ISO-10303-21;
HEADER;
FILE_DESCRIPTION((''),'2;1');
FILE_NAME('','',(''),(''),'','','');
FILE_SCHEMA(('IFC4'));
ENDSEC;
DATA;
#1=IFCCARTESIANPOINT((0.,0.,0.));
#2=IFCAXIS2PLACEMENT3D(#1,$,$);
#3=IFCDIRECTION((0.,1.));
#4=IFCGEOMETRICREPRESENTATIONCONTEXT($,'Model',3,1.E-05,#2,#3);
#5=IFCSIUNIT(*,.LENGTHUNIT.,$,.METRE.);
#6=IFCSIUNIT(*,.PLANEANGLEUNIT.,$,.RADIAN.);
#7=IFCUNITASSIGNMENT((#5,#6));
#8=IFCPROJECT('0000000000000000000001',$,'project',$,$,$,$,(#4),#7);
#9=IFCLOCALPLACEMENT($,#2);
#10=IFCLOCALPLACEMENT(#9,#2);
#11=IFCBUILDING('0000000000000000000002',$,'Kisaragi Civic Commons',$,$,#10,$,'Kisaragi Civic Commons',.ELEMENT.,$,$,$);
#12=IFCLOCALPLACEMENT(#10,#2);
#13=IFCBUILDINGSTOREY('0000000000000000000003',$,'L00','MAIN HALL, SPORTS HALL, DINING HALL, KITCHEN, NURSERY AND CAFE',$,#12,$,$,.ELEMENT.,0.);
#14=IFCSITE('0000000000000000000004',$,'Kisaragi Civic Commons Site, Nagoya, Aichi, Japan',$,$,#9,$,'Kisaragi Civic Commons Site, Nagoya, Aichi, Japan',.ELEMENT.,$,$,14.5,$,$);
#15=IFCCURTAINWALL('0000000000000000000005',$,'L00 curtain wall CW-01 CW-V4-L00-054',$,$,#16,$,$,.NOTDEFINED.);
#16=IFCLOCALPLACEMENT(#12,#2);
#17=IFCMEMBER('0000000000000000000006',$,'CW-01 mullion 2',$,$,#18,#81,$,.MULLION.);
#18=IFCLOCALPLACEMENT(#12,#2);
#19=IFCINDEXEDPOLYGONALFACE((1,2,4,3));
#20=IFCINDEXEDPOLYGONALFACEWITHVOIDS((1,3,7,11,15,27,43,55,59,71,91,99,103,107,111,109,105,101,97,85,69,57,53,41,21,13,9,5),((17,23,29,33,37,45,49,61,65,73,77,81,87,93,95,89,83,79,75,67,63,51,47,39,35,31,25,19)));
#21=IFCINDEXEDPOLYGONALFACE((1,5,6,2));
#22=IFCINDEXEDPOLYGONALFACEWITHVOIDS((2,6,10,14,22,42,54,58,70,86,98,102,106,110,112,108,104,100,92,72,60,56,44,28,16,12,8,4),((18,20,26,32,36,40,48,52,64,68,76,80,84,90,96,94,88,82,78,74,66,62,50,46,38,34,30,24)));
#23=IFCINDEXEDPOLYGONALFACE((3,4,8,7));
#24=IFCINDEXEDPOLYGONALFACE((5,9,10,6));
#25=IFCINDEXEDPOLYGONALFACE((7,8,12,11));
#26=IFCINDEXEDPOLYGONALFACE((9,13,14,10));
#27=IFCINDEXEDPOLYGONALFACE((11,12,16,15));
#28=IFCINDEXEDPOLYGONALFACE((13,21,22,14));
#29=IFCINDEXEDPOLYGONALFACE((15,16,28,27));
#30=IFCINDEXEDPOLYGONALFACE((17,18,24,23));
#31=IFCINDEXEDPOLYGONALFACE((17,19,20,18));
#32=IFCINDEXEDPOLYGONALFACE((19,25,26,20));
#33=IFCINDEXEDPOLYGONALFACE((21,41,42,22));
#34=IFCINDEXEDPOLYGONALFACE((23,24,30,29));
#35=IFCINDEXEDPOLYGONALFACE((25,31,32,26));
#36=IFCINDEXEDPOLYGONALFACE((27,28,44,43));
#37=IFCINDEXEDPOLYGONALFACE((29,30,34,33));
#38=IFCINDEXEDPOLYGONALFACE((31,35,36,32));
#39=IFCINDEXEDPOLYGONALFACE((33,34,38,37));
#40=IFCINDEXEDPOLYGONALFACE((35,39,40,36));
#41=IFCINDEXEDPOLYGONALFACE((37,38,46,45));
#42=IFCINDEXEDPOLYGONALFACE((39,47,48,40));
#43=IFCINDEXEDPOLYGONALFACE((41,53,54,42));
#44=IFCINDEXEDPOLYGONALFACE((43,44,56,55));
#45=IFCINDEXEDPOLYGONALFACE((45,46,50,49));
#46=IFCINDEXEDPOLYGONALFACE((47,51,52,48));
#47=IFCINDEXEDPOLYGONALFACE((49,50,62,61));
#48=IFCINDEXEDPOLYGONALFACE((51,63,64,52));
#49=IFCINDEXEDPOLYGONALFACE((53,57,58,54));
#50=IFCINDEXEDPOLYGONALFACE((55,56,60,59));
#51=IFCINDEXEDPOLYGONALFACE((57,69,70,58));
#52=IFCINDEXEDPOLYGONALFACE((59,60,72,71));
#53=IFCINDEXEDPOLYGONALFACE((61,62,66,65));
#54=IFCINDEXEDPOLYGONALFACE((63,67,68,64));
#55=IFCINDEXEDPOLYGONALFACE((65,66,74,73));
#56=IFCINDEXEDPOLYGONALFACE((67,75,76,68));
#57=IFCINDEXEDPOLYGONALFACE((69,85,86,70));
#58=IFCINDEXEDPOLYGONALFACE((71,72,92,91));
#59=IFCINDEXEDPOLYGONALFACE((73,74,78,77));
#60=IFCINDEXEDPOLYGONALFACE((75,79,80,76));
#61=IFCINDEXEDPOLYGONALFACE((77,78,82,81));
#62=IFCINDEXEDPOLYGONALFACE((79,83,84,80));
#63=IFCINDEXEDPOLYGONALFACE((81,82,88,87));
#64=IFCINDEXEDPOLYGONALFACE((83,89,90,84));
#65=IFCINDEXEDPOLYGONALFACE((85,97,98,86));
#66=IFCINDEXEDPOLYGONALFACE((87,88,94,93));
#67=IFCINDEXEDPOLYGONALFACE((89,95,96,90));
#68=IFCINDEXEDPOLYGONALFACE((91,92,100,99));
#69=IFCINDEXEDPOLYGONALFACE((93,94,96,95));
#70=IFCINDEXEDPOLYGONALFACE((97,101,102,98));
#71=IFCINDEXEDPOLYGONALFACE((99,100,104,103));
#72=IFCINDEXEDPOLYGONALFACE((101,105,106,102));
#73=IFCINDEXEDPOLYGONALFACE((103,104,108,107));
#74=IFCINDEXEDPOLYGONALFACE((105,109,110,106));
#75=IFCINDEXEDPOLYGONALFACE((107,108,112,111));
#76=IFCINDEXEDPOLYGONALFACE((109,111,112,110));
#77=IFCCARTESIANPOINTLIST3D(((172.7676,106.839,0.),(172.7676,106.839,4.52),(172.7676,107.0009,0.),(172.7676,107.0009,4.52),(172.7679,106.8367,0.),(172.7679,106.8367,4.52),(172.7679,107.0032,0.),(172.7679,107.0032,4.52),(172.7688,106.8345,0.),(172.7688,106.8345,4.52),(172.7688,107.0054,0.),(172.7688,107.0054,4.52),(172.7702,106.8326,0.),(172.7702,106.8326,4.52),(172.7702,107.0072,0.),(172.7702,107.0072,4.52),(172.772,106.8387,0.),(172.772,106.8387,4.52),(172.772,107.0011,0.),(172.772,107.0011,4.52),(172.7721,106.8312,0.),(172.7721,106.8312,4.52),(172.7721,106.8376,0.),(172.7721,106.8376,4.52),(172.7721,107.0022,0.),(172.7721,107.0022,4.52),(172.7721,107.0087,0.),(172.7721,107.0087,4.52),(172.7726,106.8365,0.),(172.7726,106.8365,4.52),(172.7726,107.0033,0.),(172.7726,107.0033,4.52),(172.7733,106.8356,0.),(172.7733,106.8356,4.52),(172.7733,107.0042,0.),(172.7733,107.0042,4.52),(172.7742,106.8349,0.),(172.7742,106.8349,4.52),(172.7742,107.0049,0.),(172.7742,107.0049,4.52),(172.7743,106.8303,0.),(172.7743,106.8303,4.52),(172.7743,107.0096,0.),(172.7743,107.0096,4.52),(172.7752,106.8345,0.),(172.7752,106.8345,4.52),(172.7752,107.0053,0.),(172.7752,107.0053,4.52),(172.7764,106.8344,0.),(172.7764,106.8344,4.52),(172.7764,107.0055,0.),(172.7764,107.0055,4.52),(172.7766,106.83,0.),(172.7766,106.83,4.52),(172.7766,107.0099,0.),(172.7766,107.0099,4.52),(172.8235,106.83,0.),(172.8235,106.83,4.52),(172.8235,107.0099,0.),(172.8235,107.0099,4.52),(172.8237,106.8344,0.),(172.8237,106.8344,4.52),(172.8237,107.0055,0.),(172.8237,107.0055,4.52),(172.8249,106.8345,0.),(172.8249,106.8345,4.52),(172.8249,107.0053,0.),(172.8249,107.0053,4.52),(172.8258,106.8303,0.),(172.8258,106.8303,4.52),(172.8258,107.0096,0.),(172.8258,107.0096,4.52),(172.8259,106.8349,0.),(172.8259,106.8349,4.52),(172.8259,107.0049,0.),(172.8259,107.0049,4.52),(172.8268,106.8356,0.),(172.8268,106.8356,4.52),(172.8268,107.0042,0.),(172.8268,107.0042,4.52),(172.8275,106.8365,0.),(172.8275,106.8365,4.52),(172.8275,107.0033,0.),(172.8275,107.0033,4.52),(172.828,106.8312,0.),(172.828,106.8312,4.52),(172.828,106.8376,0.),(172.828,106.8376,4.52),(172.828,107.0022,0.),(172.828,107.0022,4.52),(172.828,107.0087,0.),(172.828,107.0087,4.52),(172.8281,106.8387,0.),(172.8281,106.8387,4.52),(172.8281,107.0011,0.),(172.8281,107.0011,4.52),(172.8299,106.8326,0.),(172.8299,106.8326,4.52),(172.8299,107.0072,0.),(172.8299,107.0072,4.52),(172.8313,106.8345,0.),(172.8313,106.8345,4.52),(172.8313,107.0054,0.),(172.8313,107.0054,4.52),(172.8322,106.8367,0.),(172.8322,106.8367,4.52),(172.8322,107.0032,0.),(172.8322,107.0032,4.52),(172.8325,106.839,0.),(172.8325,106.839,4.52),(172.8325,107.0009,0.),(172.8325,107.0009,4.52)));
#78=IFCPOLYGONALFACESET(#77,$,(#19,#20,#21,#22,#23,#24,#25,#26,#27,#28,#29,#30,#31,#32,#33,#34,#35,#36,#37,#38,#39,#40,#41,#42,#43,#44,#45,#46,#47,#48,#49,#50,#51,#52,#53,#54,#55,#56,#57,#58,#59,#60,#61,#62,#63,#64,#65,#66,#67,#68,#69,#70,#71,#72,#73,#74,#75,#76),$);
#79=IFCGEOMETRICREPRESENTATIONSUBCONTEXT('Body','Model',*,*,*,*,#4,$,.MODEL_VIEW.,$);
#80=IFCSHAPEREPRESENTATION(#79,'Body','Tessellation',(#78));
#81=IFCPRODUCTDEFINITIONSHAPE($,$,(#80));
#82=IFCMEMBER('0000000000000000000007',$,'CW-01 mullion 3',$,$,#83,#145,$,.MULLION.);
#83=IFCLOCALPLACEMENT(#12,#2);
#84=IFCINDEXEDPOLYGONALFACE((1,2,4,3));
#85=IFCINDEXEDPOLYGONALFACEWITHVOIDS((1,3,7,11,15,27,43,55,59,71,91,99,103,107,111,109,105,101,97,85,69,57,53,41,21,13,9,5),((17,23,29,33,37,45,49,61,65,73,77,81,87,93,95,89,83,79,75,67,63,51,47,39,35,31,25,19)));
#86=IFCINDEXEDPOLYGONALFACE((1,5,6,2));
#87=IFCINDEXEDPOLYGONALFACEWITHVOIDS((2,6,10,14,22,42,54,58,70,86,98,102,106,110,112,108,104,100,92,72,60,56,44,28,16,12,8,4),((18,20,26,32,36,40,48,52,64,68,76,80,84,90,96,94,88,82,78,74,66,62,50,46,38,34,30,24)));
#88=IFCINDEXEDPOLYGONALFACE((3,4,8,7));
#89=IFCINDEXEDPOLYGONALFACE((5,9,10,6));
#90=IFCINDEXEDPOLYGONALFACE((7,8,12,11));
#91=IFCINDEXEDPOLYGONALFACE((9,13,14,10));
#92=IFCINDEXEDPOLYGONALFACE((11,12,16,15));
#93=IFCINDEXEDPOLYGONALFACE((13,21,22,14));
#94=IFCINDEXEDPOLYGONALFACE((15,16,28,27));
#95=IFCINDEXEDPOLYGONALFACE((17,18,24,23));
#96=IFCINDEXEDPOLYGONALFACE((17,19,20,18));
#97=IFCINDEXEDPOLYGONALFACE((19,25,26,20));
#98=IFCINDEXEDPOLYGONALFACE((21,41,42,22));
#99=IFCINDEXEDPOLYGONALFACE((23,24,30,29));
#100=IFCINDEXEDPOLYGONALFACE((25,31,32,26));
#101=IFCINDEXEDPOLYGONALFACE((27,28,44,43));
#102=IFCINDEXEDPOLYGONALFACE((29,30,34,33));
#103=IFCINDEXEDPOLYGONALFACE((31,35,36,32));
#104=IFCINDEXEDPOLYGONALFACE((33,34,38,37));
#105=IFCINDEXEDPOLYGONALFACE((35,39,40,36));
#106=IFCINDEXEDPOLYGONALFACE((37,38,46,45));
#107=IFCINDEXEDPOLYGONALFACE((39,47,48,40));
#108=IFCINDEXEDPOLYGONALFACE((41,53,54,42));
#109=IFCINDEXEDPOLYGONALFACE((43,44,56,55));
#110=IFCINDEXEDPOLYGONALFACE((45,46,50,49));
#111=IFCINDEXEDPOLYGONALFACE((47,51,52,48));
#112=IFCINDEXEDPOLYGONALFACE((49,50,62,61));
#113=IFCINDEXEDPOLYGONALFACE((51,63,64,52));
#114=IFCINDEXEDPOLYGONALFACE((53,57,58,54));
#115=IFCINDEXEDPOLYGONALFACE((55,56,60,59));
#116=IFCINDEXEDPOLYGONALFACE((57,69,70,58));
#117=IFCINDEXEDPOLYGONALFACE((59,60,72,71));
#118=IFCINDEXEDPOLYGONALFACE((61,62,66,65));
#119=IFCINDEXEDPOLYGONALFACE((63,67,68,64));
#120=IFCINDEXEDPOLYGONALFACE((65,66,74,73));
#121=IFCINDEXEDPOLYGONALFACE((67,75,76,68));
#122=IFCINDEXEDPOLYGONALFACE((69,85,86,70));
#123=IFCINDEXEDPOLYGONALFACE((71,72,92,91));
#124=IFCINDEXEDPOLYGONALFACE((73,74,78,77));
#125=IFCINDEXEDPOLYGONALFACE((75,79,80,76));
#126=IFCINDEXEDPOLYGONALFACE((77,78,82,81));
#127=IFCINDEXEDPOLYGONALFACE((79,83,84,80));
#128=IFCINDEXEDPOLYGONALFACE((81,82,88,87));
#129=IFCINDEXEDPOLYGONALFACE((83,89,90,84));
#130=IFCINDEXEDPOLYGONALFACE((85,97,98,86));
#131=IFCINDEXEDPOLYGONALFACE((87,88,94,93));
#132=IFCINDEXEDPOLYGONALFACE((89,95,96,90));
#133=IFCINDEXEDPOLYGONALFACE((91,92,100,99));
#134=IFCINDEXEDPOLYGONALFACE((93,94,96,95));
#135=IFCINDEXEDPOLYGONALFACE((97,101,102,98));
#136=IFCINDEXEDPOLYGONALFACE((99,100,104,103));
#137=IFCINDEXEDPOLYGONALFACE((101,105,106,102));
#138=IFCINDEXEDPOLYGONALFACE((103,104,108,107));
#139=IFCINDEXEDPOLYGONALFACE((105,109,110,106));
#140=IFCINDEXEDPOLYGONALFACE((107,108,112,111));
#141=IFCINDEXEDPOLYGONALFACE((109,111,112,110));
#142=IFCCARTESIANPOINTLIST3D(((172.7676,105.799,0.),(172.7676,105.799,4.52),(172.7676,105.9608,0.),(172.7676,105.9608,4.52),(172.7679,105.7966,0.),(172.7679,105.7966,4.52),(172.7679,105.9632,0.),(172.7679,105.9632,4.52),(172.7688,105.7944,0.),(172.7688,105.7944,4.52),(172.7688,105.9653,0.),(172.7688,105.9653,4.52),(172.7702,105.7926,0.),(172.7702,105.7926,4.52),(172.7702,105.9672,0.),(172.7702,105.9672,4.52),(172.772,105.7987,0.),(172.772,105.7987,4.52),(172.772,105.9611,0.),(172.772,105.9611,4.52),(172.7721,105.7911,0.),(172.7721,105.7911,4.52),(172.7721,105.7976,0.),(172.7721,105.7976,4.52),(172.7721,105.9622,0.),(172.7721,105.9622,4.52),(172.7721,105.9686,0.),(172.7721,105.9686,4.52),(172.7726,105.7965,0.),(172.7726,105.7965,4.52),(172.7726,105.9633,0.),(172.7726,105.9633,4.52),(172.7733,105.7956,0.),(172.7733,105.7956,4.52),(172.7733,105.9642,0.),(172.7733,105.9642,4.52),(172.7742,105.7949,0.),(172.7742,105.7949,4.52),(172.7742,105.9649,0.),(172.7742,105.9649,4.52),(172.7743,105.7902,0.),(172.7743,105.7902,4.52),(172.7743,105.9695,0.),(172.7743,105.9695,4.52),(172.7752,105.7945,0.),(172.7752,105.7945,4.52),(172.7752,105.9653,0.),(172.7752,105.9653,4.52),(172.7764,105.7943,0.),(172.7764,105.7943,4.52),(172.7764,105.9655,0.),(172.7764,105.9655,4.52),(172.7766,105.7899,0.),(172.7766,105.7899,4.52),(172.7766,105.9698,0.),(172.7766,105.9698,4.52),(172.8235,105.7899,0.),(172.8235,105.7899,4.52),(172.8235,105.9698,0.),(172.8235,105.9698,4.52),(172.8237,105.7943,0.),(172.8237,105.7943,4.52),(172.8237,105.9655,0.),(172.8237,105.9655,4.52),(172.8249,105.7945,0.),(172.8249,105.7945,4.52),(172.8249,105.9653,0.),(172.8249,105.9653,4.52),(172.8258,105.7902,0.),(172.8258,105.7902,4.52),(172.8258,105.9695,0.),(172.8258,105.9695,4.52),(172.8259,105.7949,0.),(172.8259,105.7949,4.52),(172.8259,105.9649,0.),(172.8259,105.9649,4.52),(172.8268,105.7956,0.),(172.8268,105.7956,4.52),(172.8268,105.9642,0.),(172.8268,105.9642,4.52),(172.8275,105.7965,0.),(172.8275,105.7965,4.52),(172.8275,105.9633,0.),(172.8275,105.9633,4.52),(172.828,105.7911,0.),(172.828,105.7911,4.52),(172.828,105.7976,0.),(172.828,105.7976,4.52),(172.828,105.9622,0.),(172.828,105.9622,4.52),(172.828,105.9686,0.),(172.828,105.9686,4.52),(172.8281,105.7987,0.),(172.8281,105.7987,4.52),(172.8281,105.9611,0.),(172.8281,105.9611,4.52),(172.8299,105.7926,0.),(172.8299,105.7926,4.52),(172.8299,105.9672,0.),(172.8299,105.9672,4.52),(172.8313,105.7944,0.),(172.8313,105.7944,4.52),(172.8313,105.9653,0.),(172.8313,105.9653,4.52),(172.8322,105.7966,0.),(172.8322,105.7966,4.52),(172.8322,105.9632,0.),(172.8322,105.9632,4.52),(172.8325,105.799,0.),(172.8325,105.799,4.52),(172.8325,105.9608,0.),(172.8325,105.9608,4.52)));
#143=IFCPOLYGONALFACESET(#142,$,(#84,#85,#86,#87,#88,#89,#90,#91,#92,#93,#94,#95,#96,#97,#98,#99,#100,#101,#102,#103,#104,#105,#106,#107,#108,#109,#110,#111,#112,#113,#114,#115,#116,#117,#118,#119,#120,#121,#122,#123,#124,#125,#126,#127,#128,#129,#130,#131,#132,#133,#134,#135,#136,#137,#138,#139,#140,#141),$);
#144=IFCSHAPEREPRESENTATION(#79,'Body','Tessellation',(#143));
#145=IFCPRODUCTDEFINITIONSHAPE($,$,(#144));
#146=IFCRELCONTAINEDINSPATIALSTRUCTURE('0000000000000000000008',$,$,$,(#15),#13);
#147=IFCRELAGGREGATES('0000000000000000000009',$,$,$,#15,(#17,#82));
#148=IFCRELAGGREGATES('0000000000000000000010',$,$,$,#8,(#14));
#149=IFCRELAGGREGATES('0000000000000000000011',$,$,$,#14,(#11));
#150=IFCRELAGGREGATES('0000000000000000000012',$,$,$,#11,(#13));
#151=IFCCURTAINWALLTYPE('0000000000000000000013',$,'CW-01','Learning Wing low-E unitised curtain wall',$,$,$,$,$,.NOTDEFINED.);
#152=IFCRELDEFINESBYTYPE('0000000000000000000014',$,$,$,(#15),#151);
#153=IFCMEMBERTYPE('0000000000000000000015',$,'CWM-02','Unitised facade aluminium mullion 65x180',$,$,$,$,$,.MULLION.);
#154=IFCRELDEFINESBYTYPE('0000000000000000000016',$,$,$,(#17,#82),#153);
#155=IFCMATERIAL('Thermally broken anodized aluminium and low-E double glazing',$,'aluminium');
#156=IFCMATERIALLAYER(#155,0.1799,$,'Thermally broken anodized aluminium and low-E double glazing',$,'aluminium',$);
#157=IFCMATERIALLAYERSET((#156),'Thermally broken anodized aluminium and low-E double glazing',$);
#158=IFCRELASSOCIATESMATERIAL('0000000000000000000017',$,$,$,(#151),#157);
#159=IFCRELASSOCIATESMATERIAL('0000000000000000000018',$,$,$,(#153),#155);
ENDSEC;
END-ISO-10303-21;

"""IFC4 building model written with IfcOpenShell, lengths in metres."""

from ifc_helpers import new_model, si_unit, direction, frame, origin, origin_2d, place, context, subcontext, project, spatial, hollow_rectangle, extrude, material, layer, layer_set, material_profile, profile_set, type_object, element, aggregate, save


model = new_model("IFC4")

# Units and contexts
model_context = context("Model", 3, precision=1e-05, world=origin(), true_north=direction((0.0, 1.0)))
body_context = subcontext(model_context, "Body", "Model", "MODEL_VIEW")
ifc_project = project(units=[si_unit("LENGTHUNIT", "METRE"), si_unit("PLANEANGLEUNIT", "RADIAN")], contexts=[model_context])

# Site, building, storey
site_placement = place(None, origin())
site = spatial("IfcSite", under=ifc_project, at=site_placement, Name="Kisaragi Civic Commons Site, Nagoya, Aichi, Japan", LongName="Kisaragi Civic Commons Site, Nagoya, Aichi, Japan", CompositionType="ELEMENT", RefElevation=14.5)
building_placement = place(site_placement, origin())
building = spatial("IfcBuilding", under=site, at=building_placement, Name="Kisaragi Civic Commons", LongName="Kisaragi Civic Commons", CompositionType="ELEMENT")
storey_placement = place(building_placement, origin())
storey = spatial("IfcBuildingStorey", under=building, at=storey_placement, Name="L00", Description="MAIN HALL, SPORTS HALL, DINING HALL, KITCHEN, NURSERY AND CAFE", CompositionType="ELEMENT", Elevation=0.0)

# Shared definitions
ifc_material_1 = material(Name="Thermally broken anodized aluminium and low-E double glazing", Category="aluminium")
ifc_layer_1 = layer(ifc_material_1, 0.1799, Name="Thermally broken anodized aluminium and low-E double glazing", Category="aluminium")
ifc_layer_set_1 = layer_set([ifc_layer_1], Name="Thermally broken anodized aluminium and low-E double glazing")
curtain_wall_type = type_object("IfcCurtainWallType", Name="CW-01", Description="Learning Wing low-E unitised curtain wall", PredefinedType="NOTDEFINED", material=ifc_layer_set_1)
ifc_material_profile_1 = material_profile(ifc_material_1, hollow_rectangle(XDim=0.0649, YDim=0.1799, WallThickness=0.0044, InnerFilletRadius=0.0044, OuterFilletRadius=0.009, at=origin_2d()), Name="CWM-65x180x4.5", Category="aluminium")
ifc_profile_set_1 = profile_set([ifc_material_profile_1], Name="Thermally broken anodized aluminium and low-E double glazing")
member_type_1 = type_object("IfcMemberType", Name="CWM-02", Description="Unitised facade aluminium mullion 65x180", PredefinedType="MULLION", material=ifc_profile_set_1)

# Curtain wall, members
curtain_wall_1_placement = place(storey_placement, origin())
curtain_wall_1 = element("IfcCurtainWall", 1, at=curtain_wall_1_placement, inside=storey, type_object=curtain_wall_type, Name="L00 curtain wall CW-01 CW-V4-L00-054", PredefinedType="NOTDEFINED")
member_1_placement = place(storey_placement, frame((172.8, 106.9199, 0.0), z_axis=(0.0, 0.0, 1.0), x_axis=(1.0, 0.0, 0.0)))
member_1 = element("IfcMember", 2, at=member_1_placement, type_object=member_type_1, Name="CW-01 mullion 2", PredefinedType="MULLION", context=body_context, shape_type="SweptSolid", body=[
    extrude(hollow_rectangle(XDim=0.0649, YDim=0.1799, WallThickness=0.0044, InnerFilletRadius=0.0044, OuterFilletRadius=0.009, at=origin_2d()), origin(), (0.0, 0.0, 1.0), 4.52),
])
member_2_placement = place(storey_placement, frame((172.8, 105.8799, 0.0), z_axis=(0.0, 0.0, 1.0), x_axis=(1.0, 0.0, 0.0)))
member_2 = element("IfcMember", 3, at=member_2_placement, type_object=member_type_1, Name="CW-01 mullion 3", PredefinedType="MULLION", context=body_context, shape_type="SweptSolid", body=[
    extrude(hollow_rectangle(XDim=0.0649, YDim=0.1799, WallThickness=0.0044, InnerFilletRadius=0.0044, OuterFilletRadius=0.009, at=origin_2d()), origin(), (0.0, 0.0, 1.0), 4.52),
])

aggregate(curtain_wall_1, [member_1, member_2])

save(model, "model.ifc")
